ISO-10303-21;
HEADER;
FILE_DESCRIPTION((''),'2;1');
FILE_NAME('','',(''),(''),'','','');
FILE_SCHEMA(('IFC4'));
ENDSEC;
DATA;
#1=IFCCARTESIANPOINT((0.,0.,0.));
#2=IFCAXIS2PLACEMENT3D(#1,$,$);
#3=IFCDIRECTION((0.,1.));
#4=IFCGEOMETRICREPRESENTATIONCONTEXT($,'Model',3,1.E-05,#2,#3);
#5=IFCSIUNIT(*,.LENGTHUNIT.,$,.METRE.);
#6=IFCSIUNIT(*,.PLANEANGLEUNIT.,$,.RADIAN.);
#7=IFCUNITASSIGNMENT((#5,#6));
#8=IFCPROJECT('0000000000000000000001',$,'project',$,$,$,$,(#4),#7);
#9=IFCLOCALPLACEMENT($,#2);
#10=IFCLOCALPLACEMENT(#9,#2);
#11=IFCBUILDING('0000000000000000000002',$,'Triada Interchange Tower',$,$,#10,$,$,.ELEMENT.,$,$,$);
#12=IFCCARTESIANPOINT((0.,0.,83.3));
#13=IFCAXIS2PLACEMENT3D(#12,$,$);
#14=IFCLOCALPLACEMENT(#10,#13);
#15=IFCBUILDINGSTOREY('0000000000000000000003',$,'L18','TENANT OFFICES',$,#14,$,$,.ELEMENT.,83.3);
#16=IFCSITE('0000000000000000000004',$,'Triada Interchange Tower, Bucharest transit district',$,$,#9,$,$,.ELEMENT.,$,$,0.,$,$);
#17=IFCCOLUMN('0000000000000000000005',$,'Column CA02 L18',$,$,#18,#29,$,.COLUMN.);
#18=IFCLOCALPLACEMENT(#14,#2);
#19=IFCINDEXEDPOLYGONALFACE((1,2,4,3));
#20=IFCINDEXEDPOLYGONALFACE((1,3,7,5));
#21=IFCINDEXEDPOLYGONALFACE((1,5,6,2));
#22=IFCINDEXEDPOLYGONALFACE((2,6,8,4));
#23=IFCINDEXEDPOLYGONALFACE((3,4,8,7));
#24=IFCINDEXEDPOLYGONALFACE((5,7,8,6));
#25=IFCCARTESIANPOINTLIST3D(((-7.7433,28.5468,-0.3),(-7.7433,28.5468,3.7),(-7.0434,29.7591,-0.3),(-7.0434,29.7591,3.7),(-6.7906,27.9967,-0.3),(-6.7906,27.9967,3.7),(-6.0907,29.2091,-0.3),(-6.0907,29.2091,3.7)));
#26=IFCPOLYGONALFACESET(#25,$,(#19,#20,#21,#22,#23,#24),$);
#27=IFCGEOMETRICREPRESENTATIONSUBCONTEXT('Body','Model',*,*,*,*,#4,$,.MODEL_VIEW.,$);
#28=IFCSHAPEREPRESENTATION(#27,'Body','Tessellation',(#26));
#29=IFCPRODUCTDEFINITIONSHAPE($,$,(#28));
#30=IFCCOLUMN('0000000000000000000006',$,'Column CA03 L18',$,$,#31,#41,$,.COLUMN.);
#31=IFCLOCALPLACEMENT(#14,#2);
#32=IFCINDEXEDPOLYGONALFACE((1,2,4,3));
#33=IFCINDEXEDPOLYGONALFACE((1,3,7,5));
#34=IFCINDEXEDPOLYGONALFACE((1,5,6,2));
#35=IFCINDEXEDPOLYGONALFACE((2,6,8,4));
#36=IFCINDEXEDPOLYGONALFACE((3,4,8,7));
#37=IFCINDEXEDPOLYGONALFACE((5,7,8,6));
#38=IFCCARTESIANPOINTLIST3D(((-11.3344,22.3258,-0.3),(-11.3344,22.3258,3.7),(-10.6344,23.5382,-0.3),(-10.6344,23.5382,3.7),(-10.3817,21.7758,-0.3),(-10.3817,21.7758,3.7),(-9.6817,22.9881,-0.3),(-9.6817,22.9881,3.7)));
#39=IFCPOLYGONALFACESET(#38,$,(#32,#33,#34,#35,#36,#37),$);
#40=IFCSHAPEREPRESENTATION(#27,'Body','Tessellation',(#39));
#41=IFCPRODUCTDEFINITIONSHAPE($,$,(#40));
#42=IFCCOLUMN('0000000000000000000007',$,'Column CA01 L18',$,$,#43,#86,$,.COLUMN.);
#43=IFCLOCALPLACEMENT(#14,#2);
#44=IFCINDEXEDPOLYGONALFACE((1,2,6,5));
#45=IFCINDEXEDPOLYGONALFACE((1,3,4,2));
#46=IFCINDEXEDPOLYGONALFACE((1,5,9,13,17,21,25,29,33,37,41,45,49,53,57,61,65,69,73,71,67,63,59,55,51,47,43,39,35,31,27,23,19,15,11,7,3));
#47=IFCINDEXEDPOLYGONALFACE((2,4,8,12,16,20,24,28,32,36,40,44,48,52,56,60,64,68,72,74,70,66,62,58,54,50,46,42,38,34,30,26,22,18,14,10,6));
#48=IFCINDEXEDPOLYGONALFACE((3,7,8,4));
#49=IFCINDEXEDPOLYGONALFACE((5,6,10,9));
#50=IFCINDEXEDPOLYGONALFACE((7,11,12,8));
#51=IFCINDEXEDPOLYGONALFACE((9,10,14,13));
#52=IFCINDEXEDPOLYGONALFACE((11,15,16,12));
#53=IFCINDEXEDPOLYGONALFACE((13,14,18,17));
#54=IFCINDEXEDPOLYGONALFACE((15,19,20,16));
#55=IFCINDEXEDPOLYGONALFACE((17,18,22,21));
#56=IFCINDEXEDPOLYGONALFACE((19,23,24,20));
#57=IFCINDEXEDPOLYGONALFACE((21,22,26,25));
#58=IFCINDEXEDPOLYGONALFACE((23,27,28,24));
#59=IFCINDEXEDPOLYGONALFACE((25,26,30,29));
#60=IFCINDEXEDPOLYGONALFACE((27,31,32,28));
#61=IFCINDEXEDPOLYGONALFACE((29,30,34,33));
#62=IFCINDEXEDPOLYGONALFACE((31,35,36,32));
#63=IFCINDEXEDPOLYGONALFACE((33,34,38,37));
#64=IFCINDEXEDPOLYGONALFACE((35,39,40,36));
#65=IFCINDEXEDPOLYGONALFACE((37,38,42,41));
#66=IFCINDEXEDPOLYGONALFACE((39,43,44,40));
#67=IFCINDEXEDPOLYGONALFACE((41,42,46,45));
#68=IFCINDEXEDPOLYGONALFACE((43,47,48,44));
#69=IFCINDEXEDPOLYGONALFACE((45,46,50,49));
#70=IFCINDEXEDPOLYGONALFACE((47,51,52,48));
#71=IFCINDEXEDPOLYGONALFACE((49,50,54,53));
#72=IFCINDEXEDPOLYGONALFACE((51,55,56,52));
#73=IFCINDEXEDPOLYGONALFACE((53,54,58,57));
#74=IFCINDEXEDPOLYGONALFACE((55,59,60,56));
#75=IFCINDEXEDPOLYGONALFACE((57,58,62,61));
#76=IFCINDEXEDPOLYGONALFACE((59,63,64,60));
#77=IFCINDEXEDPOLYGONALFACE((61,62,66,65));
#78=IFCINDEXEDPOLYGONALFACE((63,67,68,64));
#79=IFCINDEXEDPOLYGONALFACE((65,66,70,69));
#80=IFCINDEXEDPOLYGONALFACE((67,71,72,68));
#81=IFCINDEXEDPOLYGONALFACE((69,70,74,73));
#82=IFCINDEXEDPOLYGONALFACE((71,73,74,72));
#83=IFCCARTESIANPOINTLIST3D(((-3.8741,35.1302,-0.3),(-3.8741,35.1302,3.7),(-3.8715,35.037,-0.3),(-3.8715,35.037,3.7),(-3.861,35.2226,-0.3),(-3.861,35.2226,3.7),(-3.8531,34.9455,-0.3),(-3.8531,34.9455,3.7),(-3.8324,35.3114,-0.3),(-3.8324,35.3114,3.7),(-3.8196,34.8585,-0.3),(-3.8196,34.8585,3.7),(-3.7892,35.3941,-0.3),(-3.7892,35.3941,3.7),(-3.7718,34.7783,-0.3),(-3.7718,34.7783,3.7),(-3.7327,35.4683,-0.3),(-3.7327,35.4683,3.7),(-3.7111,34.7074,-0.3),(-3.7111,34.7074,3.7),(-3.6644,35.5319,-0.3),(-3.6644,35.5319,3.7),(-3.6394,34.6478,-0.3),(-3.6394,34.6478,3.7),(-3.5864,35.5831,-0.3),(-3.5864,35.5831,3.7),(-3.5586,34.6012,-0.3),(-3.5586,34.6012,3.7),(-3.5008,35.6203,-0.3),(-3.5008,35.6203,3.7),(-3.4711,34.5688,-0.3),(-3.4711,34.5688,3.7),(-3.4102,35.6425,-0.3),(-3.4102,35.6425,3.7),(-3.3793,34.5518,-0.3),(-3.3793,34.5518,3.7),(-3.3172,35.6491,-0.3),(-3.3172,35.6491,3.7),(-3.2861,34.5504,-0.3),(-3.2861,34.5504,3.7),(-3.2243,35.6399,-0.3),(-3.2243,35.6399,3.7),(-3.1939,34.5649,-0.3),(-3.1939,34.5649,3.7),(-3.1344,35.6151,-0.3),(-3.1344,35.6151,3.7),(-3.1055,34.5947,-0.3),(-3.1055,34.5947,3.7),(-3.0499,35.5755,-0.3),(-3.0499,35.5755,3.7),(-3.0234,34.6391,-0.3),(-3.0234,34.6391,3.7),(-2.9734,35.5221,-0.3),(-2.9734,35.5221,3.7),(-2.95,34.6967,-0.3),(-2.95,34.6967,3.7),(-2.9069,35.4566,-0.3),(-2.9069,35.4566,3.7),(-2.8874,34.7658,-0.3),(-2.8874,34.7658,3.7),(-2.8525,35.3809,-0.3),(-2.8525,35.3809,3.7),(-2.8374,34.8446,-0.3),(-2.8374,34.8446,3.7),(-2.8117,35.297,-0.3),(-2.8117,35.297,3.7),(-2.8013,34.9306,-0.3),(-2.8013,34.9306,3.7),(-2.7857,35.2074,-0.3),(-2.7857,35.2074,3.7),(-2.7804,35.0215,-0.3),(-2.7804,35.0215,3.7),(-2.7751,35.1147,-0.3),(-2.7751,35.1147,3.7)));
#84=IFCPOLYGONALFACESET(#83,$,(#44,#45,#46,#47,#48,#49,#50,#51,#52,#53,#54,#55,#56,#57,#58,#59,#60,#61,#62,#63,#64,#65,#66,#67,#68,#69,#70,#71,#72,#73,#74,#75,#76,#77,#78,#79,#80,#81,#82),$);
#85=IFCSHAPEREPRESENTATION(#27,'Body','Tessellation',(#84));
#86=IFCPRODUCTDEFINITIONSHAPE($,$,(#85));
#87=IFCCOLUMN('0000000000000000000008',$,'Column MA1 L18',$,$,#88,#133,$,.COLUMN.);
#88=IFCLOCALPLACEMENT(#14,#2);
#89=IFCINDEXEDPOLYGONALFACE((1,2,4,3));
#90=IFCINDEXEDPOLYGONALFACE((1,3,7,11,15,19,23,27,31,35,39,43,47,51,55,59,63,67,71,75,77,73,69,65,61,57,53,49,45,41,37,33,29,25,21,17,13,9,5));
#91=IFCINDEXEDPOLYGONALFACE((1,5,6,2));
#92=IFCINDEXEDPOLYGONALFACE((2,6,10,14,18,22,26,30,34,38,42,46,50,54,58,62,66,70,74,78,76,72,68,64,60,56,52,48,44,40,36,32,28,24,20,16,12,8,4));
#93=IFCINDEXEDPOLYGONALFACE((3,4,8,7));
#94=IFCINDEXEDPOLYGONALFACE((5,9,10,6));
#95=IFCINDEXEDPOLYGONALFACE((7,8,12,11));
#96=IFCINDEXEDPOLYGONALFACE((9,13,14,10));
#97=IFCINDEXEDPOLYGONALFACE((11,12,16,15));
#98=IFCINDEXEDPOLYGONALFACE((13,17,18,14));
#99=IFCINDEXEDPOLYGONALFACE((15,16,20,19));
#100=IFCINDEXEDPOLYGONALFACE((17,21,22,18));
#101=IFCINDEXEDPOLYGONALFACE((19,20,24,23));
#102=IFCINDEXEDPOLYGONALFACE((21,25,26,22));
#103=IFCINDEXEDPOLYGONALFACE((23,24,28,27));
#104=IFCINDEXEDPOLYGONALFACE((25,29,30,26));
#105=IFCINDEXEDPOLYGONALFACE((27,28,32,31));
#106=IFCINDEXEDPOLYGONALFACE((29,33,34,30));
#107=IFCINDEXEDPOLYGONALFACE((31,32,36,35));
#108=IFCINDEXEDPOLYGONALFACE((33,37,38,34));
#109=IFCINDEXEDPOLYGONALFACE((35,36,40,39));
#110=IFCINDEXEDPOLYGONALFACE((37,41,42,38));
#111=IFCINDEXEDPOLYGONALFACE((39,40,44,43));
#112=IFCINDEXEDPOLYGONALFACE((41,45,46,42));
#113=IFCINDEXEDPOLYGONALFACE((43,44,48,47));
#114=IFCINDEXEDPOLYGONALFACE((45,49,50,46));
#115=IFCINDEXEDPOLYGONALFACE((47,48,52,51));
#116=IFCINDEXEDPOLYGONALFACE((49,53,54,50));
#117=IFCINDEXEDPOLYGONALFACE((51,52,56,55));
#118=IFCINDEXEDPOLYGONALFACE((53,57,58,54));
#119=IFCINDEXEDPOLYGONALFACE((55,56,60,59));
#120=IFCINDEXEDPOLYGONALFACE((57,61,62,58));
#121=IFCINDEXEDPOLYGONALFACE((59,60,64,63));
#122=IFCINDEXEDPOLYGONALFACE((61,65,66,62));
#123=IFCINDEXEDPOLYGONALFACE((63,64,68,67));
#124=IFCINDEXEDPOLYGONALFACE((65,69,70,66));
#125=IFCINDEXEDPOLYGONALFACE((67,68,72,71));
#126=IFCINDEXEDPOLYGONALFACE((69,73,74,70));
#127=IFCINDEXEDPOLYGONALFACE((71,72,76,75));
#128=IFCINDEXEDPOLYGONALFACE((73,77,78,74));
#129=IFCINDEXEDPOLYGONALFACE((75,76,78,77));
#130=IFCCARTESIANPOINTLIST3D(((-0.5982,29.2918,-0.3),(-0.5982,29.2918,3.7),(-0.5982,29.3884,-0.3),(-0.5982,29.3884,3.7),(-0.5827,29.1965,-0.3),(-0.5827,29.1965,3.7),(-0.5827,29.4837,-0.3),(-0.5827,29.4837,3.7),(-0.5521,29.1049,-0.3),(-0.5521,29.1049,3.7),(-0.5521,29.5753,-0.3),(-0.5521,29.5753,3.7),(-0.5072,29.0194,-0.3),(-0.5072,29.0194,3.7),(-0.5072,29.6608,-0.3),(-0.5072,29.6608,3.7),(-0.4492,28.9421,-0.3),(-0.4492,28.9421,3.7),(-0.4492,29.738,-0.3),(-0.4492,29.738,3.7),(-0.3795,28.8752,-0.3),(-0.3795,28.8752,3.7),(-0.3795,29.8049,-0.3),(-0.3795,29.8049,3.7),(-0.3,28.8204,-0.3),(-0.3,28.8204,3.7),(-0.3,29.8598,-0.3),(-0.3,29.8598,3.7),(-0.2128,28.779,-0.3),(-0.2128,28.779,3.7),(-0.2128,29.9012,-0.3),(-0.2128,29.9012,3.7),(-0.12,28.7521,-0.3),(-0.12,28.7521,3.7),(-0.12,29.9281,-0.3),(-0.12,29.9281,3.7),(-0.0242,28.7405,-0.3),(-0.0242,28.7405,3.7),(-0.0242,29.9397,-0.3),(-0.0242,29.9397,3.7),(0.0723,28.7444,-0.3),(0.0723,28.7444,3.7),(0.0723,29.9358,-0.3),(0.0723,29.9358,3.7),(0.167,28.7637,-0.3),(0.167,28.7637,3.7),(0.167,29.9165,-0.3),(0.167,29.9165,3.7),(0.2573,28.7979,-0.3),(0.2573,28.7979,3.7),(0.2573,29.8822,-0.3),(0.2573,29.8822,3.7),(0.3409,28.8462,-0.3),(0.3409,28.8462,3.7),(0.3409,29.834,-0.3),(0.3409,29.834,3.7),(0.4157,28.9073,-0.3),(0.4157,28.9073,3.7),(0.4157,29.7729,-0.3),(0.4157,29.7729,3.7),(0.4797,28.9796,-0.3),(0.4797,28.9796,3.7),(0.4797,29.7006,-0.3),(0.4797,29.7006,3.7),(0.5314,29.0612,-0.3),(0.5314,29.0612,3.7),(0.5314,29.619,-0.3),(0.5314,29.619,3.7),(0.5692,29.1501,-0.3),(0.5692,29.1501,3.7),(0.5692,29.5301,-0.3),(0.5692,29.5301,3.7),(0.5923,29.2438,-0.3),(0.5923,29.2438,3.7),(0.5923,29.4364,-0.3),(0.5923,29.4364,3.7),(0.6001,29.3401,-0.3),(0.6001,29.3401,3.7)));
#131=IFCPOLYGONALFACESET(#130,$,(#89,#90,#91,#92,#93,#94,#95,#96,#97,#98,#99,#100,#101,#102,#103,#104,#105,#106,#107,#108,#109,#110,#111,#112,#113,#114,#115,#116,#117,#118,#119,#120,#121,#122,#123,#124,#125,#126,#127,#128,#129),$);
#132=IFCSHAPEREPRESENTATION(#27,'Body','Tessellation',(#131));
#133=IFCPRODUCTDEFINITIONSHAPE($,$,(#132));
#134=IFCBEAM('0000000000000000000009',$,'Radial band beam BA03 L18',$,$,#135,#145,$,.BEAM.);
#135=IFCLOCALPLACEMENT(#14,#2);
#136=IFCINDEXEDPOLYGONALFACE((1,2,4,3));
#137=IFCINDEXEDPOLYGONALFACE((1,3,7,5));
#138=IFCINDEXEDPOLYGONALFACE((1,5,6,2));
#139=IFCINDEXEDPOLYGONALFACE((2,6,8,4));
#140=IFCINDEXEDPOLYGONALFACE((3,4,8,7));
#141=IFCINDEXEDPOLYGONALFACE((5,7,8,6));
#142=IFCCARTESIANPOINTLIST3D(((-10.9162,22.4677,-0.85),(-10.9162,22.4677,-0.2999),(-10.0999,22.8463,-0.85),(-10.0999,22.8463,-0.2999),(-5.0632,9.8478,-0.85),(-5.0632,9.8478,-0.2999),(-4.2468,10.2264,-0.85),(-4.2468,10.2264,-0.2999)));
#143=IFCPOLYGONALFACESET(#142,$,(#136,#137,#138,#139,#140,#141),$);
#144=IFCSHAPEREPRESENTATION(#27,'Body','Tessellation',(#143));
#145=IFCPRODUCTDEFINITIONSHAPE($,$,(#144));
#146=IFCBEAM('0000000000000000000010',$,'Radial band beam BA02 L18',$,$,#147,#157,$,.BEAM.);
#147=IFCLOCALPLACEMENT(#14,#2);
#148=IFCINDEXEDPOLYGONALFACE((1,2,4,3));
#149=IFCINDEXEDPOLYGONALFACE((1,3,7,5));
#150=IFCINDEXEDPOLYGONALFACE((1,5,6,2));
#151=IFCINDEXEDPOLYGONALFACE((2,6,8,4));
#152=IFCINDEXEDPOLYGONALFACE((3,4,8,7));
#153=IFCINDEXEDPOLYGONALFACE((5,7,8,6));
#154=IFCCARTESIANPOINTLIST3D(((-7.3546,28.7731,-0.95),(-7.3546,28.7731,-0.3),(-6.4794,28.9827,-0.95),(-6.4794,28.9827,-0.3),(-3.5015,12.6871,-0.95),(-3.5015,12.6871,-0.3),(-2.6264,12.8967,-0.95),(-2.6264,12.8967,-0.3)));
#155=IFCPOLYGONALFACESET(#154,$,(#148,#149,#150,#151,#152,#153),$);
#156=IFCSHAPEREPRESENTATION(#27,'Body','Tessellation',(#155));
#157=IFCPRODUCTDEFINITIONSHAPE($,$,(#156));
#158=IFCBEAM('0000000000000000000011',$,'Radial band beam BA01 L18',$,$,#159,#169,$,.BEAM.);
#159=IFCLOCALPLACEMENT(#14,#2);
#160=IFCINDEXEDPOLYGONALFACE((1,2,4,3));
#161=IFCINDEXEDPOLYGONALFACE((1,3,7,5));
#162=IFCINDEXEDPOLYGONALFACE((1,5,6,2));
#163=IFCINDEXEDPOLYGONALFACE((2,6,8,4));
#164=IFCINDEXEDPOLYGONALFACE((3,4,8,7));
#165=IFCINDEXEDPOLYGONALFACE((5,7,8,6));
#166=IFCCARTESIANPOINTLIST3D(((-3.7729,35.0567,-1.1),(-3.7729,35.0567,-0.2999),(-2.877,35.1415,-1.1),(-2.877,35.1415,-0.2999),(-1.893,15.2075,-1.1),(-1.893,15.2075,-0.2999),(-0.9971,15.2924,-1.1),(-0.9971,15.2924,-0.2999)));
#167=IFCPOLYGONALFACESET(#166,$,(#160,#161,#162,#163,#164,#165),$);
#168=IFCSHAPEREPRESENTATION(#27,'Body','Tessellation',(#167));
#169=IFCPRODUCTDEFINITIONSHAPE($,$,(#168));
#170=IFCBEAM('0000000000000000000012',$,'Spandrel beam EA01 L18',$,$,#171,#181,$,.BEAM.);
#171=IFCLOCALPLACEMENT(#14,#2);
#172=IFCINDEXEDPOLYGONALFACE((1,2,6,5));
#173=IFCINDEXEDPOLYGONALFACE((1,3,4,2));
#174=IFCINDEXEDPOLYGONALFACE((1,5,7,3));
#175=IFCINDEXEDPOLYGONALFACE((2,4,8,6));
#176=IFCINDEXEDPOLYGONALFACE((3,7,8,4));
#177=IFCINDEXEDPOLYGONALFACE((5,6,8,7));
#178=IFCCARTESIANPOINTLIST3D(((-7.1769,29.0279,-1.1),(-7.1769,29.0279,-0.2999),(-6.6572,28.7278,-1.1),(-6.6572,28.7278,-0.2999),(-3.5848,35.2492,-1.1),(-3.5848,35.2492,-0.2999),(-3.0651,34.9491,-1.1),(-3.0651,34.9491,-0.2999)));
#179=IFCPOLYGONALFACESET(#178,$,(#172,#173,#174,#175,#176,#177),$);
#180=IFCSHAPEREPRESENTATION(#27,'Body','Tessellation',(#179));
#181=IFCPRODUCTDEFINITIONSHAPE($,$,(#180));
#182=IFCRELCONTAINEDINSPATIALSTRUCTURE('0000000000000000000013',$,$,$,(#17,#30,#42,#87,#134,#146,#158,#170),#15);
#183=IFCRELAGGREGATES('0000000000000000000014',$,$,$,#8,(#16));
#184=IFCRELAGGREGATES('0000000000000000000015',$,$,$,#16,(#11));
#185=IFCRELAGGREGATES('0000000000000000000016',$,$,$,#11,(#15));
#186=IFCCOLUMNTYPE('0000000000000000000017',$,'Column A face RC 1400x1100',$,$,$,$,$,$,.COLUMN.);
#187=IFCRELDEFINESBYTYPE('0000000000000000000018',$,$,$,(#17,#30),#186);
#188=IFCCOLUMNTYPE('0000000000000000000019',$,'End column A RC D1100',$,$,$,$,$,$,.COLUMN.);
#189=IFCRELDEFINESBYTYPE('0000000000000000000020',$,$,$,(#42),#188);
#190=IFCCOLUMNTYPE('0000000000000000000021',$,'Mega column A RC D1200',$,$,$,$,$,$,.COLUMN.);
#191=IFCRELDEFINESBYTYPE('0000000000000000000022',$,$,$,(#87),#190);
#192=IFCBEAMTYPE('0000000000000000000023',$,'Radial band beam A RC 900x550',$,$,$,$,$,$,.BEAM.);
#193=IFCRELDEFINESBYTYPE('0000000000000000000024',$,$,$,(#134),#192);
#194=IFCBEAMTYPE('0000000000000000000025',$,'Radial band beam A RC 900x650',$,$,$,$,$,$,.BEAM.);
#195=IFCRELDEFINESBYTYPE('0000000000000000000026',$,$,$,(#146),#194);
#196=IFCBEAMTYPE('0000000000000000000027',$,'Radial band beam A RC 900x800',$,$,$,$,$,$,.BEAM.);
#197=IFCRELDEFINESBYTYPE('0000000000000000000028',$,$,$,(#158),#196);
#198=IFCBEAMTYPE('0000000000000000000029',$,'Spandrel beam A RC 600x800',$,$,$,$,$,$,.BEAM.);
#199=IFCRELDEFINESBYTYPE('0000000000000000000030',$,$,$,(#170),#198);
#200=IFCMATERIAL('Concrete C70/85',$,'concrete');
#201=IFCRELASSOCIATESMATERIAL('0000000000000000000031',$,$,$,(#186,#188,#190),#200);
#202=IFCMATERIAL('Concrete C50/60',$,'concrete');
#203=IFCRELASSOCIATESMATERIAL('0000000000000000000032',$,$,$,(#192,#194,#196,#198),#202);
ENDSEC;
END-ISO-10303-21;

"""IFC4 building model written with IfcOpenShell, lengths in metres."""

from ifc_helpers import new_model, si_unit, direction, frame, origin, origin_2d, place, context, subcontext, project, spatial, rectangle, circle, extrude, material, material_profile, profile_set, type_object, element, save


model = new_model("IFC4")

# Units and contexts
model_context = context("Model", 3, precision=1e-05, world=origin(), true_north=direction((0.0, 1.0)))
body_context = subcontext(model_context, "Body", "Model", "MODEL_VIEW")
ifc_project = project(units=[si_unit("LENGTHUNIT", "METRE"), si_unit("PLANEANGLEUNIT", "RADIAN")], contexts=[model_context])

# Site, building, storey
site_placement = place(None, origin())
site = spatial("IfcSite", under=ifc_project, at=site_placement, Name="Triada Interchange Tower, Bucharest transit district", CompositionType="ELEMENT", RefElevation=0.0)
building_placement = place(site_placement, origin())
building = spatial("IfcBuilding", under=site, at=building_placement, Name="Triada Interchange Tower", CompositionType="ELEMENT")
storey_placement = place(building_placement, frame((0.0, 0.0, 83.3)))
storey = spatial("IfcBuildingStorey", under=building, at=storey_placement, Name="L18", Description="TENANT OFFICES", CompositionType="ELEMENT", Elevation=83.3)

# Columns
ifc_material_1 = material(Name="Concrete C70/85", Category="concrete")
ifc_material_profile_1 = material_profile(ifc_material_1, rectangle(XDim=1.3999, YDim=1.1001, at=origin_2d()), Name="RC 1400x1100")
ifc_profile_set_1 = profile_set([ifc_material_profile_1], Name="Concrete C70/85")
column_type_1 = type_object("IfcColumnType", Name="Column A face RC 1400x1100", PredefinedType="COLUMN", material=ifc_profile_set_1)
for number, where, z_axis, x_axis, name in (
    (1, (-6.917, 28.8779, -0.3), (0.0, 0.0, 1.0), (0.5, 0.866025, 0.0), "Column CA02 L18"),
    (2, (-10.5081, 22.657, -0.3), (0.0, 0.0, 1.0), (0.5, 0.866025, 0.0), "Column CA03 L18"),
):
    element("IfcColumn", number, at=place(storey_placement, frame(where, z_axis=z_axis, x_axis=x_axis)), inside=storey, type_object=column_type_1, Name=name, PredefinedType="COLUMN", context=body_context, shape_type="SweptSolid", body=[
        extrude(rectangle(XDim=1.3999, YDim=1.1001, at=origin_2d()), origin(), (0.0, 0.0, 1.0), 4.0),
    ])
ifc_material_profile_2 = material_profile(ifc_material_1, circle(Radius=0.55, at=origin_2d()), Name="RC D1100")
ifc_profile_set_2 = profile_set([ifc_material_profile_2], Name="Concrete C70/85")
column_type_2 = type_object("IfcColumnType", Name="End column A RC D1100", PredefinedType="COLUMN", material=ifc_profile_set_2)
column_1_placement = place(storey_placement, frame((-3.325, 35.0991, -0.3), z_axis=(0.0, 0.0, 1.0), x_axis=(0.5, 0.866025, 0.0)))
element("IfcColumn", 3, at=column_1_placement, inside=storey, type_object=column_type_2, Name="Column CA01 L18", PredefinedType="COLUMN", context=body_context, shape_type="SweptSolid", body=[
    extrude(circle(Radius=0.55, at=origin_2d()), origin(), (0.0, 0.0, 1.0), 4.0),
])
ifc_material_profile_3 = material_profile(ifc_material_1, circle(Radius=0.6001, at=origin_2d()), Name="RC D1200")
ifc_profile_set_3 = profile_set([ifc_material_profile_3], Name="Concrete C70/85")
column_type_3 = type_object("IfcColumnType", Name="Mega column A RC D1200", PredefinedType="COLUMN", material=ifc_profile_set_3)
column_2_placement = place(storey_placement, frame((0.0, 29.3401, -0.3), z_axis=(0.0, 0.0, 1.0), x_axis=(1.0, 0.0, 0.0)))
element("IfcColumn", 4, at=column_2_placement, inside=storey, type_object=column_type_3, Name="Column MA1 L18", PredefinedType="COLUMN", context=body_context, shape_type="SweptSolid", body=[
    extrude(circle(Radius=0.6001, at=origin_2d()), origin(), (0.0, 0.0, 1.0), 4.0),
])

# Beams
ifc_material_2 = material(Name="Concrete C50/60", Category="concrete")
ifc_material_profile_4 = material_profile(ifc_material_2, rectangle(XDim=0.8999, YDim=0.55, at=origin_2d()), Name="RC 900x550")
ifc_profile_set_4 = profile_set([ifc_material_profile_4], Name="Concrete C50/60")
beam_type_1 = type_object("IfcBeamType", Name="Radial band beam A RC 900x550", PredefinedType="BEAM", material=ifc_profile_set_4)
beam_1_placement = place(storey_placement, frame((-10.5081, 22.657, -0.575), z_axis=(0.420745, -0.907179, 0.0), x_axis=(0.907179, 0.420745, 0.0)))
element("IfcBeam", 5, at=beam_1_placement, inside=storey, type_object=beam_type_1, Name="Radial band beam BA03 L18", PredefinedType="BEAM", context=body_context, shape_type="SweptSolid", body=[
    extrude(rectangle(XDim=0.8999, YDim=0.55, at=origin_2d()), origin(), (0.0, 0.0, 1.0), 13.9111),
])
ifc_material_profile_5 = material_profile(ifc_material_2, rectangle(XDim=0.8999, YDim=0.6499, at=origin_2d()), Name="RC 900x650")
ifc_profile_set_5 = profile_set([ifc_material_profile_5], Name="Concrete C50/60")
beam_type_2 = type_object("IfcBeamType", Name="Radial band beam A RC 900x650", PredefinedType="BEAM", material=ifc_profile_set_5)
beam_2_placement = place(storey_placement, frame((-6.917, 28.8779, -0.625), z_axis=(0.232939, -0.972491, 0.0), x_axis=(0.972491, 0.232939, 0.0)))
element("IfcBeam", 6, at=beam_2_placement, inside=storey, type_object=beam_type_2, Name="Radial band beam BA02 L18", PredefinedType="BEAM", context=body_context, shape_type="SweptSolid", body=[
    extrude(rectangle(XDim=0.8999, YDim=0.6499, at=origin_2d()), origin(), (0.0, 0.0, 1.0), 16.541),
])
ifc_material_profile_6 = material_profile(ifc_material_2, rectangle(XDim=0.8999, YDim=0.8, at=origin_2d()), Name="RC 900x800")
ifc_profile_set_6 = profile_set([ifc_material_profile_6], Name="Concrete C50/60")
beam_type_3 = type_object("IfcBeamType", Name="Radial band beam A RC 900x800", PredefinedType="BEAM", material=ifc_profile_set_6)
beam_3_placement = place(storey_placement, frame((-3.325, 35.0991, -0.7), z_axis=(0.094287, -0.995545, 0.0), x_axis=(0.995545, 0.094287, 0.0)))
element("IfcBeam", 7, at=beam_3_placement, inside=storey, type_object=beam_type_3, Name="Radial band beam BA01 L18", PredefinedType="BEAM", context=body_context, shape_type="SweptSolid", body=[
    extrude(rectangle(XDim=0.8999, YDim=0.8, at=origin_2d()), origin(), (0.0, 0.0, 1.0), 19.938),
])
ifc_material_profile_7 = material_profile(ifc_material_2, rectangle(XDim=0.6001, YDim=0.8, at=origin_2d()), Name="RC 600x800")
ifc_profile_set_7 = profile_set([ifc_material_profile_7], Name="Concrete C50/60")
beam_type_4 = type_object("IfcBeamType", Name="Spandrel beam A RC 600x800", PredefinedType="BEAM", material=ifc_profile_set_7)
beam_4_placement = place(storey_placement, frame((-3.325, 35.0991, -0.7), z_axis=(-0.500024, -0.866011, 0.0), x_axis=(0.866011, -0.500024, 0.0)))
element("IfcBeam", 8, at=beam_4_placement, inside=storey, type_object=beam_type_4, Name="Spandrel beam EA01 L18", PredefinedType="BEAM", context=body_context, shape_type="SweptSolid", body=[
    extrude(rectangle(XDim=0.6001, YDim=0.8, at=origin_2d()), origin(), (0.0, 0.0, 1.0), 7.1838),
])

save(model, "model.ifc")
